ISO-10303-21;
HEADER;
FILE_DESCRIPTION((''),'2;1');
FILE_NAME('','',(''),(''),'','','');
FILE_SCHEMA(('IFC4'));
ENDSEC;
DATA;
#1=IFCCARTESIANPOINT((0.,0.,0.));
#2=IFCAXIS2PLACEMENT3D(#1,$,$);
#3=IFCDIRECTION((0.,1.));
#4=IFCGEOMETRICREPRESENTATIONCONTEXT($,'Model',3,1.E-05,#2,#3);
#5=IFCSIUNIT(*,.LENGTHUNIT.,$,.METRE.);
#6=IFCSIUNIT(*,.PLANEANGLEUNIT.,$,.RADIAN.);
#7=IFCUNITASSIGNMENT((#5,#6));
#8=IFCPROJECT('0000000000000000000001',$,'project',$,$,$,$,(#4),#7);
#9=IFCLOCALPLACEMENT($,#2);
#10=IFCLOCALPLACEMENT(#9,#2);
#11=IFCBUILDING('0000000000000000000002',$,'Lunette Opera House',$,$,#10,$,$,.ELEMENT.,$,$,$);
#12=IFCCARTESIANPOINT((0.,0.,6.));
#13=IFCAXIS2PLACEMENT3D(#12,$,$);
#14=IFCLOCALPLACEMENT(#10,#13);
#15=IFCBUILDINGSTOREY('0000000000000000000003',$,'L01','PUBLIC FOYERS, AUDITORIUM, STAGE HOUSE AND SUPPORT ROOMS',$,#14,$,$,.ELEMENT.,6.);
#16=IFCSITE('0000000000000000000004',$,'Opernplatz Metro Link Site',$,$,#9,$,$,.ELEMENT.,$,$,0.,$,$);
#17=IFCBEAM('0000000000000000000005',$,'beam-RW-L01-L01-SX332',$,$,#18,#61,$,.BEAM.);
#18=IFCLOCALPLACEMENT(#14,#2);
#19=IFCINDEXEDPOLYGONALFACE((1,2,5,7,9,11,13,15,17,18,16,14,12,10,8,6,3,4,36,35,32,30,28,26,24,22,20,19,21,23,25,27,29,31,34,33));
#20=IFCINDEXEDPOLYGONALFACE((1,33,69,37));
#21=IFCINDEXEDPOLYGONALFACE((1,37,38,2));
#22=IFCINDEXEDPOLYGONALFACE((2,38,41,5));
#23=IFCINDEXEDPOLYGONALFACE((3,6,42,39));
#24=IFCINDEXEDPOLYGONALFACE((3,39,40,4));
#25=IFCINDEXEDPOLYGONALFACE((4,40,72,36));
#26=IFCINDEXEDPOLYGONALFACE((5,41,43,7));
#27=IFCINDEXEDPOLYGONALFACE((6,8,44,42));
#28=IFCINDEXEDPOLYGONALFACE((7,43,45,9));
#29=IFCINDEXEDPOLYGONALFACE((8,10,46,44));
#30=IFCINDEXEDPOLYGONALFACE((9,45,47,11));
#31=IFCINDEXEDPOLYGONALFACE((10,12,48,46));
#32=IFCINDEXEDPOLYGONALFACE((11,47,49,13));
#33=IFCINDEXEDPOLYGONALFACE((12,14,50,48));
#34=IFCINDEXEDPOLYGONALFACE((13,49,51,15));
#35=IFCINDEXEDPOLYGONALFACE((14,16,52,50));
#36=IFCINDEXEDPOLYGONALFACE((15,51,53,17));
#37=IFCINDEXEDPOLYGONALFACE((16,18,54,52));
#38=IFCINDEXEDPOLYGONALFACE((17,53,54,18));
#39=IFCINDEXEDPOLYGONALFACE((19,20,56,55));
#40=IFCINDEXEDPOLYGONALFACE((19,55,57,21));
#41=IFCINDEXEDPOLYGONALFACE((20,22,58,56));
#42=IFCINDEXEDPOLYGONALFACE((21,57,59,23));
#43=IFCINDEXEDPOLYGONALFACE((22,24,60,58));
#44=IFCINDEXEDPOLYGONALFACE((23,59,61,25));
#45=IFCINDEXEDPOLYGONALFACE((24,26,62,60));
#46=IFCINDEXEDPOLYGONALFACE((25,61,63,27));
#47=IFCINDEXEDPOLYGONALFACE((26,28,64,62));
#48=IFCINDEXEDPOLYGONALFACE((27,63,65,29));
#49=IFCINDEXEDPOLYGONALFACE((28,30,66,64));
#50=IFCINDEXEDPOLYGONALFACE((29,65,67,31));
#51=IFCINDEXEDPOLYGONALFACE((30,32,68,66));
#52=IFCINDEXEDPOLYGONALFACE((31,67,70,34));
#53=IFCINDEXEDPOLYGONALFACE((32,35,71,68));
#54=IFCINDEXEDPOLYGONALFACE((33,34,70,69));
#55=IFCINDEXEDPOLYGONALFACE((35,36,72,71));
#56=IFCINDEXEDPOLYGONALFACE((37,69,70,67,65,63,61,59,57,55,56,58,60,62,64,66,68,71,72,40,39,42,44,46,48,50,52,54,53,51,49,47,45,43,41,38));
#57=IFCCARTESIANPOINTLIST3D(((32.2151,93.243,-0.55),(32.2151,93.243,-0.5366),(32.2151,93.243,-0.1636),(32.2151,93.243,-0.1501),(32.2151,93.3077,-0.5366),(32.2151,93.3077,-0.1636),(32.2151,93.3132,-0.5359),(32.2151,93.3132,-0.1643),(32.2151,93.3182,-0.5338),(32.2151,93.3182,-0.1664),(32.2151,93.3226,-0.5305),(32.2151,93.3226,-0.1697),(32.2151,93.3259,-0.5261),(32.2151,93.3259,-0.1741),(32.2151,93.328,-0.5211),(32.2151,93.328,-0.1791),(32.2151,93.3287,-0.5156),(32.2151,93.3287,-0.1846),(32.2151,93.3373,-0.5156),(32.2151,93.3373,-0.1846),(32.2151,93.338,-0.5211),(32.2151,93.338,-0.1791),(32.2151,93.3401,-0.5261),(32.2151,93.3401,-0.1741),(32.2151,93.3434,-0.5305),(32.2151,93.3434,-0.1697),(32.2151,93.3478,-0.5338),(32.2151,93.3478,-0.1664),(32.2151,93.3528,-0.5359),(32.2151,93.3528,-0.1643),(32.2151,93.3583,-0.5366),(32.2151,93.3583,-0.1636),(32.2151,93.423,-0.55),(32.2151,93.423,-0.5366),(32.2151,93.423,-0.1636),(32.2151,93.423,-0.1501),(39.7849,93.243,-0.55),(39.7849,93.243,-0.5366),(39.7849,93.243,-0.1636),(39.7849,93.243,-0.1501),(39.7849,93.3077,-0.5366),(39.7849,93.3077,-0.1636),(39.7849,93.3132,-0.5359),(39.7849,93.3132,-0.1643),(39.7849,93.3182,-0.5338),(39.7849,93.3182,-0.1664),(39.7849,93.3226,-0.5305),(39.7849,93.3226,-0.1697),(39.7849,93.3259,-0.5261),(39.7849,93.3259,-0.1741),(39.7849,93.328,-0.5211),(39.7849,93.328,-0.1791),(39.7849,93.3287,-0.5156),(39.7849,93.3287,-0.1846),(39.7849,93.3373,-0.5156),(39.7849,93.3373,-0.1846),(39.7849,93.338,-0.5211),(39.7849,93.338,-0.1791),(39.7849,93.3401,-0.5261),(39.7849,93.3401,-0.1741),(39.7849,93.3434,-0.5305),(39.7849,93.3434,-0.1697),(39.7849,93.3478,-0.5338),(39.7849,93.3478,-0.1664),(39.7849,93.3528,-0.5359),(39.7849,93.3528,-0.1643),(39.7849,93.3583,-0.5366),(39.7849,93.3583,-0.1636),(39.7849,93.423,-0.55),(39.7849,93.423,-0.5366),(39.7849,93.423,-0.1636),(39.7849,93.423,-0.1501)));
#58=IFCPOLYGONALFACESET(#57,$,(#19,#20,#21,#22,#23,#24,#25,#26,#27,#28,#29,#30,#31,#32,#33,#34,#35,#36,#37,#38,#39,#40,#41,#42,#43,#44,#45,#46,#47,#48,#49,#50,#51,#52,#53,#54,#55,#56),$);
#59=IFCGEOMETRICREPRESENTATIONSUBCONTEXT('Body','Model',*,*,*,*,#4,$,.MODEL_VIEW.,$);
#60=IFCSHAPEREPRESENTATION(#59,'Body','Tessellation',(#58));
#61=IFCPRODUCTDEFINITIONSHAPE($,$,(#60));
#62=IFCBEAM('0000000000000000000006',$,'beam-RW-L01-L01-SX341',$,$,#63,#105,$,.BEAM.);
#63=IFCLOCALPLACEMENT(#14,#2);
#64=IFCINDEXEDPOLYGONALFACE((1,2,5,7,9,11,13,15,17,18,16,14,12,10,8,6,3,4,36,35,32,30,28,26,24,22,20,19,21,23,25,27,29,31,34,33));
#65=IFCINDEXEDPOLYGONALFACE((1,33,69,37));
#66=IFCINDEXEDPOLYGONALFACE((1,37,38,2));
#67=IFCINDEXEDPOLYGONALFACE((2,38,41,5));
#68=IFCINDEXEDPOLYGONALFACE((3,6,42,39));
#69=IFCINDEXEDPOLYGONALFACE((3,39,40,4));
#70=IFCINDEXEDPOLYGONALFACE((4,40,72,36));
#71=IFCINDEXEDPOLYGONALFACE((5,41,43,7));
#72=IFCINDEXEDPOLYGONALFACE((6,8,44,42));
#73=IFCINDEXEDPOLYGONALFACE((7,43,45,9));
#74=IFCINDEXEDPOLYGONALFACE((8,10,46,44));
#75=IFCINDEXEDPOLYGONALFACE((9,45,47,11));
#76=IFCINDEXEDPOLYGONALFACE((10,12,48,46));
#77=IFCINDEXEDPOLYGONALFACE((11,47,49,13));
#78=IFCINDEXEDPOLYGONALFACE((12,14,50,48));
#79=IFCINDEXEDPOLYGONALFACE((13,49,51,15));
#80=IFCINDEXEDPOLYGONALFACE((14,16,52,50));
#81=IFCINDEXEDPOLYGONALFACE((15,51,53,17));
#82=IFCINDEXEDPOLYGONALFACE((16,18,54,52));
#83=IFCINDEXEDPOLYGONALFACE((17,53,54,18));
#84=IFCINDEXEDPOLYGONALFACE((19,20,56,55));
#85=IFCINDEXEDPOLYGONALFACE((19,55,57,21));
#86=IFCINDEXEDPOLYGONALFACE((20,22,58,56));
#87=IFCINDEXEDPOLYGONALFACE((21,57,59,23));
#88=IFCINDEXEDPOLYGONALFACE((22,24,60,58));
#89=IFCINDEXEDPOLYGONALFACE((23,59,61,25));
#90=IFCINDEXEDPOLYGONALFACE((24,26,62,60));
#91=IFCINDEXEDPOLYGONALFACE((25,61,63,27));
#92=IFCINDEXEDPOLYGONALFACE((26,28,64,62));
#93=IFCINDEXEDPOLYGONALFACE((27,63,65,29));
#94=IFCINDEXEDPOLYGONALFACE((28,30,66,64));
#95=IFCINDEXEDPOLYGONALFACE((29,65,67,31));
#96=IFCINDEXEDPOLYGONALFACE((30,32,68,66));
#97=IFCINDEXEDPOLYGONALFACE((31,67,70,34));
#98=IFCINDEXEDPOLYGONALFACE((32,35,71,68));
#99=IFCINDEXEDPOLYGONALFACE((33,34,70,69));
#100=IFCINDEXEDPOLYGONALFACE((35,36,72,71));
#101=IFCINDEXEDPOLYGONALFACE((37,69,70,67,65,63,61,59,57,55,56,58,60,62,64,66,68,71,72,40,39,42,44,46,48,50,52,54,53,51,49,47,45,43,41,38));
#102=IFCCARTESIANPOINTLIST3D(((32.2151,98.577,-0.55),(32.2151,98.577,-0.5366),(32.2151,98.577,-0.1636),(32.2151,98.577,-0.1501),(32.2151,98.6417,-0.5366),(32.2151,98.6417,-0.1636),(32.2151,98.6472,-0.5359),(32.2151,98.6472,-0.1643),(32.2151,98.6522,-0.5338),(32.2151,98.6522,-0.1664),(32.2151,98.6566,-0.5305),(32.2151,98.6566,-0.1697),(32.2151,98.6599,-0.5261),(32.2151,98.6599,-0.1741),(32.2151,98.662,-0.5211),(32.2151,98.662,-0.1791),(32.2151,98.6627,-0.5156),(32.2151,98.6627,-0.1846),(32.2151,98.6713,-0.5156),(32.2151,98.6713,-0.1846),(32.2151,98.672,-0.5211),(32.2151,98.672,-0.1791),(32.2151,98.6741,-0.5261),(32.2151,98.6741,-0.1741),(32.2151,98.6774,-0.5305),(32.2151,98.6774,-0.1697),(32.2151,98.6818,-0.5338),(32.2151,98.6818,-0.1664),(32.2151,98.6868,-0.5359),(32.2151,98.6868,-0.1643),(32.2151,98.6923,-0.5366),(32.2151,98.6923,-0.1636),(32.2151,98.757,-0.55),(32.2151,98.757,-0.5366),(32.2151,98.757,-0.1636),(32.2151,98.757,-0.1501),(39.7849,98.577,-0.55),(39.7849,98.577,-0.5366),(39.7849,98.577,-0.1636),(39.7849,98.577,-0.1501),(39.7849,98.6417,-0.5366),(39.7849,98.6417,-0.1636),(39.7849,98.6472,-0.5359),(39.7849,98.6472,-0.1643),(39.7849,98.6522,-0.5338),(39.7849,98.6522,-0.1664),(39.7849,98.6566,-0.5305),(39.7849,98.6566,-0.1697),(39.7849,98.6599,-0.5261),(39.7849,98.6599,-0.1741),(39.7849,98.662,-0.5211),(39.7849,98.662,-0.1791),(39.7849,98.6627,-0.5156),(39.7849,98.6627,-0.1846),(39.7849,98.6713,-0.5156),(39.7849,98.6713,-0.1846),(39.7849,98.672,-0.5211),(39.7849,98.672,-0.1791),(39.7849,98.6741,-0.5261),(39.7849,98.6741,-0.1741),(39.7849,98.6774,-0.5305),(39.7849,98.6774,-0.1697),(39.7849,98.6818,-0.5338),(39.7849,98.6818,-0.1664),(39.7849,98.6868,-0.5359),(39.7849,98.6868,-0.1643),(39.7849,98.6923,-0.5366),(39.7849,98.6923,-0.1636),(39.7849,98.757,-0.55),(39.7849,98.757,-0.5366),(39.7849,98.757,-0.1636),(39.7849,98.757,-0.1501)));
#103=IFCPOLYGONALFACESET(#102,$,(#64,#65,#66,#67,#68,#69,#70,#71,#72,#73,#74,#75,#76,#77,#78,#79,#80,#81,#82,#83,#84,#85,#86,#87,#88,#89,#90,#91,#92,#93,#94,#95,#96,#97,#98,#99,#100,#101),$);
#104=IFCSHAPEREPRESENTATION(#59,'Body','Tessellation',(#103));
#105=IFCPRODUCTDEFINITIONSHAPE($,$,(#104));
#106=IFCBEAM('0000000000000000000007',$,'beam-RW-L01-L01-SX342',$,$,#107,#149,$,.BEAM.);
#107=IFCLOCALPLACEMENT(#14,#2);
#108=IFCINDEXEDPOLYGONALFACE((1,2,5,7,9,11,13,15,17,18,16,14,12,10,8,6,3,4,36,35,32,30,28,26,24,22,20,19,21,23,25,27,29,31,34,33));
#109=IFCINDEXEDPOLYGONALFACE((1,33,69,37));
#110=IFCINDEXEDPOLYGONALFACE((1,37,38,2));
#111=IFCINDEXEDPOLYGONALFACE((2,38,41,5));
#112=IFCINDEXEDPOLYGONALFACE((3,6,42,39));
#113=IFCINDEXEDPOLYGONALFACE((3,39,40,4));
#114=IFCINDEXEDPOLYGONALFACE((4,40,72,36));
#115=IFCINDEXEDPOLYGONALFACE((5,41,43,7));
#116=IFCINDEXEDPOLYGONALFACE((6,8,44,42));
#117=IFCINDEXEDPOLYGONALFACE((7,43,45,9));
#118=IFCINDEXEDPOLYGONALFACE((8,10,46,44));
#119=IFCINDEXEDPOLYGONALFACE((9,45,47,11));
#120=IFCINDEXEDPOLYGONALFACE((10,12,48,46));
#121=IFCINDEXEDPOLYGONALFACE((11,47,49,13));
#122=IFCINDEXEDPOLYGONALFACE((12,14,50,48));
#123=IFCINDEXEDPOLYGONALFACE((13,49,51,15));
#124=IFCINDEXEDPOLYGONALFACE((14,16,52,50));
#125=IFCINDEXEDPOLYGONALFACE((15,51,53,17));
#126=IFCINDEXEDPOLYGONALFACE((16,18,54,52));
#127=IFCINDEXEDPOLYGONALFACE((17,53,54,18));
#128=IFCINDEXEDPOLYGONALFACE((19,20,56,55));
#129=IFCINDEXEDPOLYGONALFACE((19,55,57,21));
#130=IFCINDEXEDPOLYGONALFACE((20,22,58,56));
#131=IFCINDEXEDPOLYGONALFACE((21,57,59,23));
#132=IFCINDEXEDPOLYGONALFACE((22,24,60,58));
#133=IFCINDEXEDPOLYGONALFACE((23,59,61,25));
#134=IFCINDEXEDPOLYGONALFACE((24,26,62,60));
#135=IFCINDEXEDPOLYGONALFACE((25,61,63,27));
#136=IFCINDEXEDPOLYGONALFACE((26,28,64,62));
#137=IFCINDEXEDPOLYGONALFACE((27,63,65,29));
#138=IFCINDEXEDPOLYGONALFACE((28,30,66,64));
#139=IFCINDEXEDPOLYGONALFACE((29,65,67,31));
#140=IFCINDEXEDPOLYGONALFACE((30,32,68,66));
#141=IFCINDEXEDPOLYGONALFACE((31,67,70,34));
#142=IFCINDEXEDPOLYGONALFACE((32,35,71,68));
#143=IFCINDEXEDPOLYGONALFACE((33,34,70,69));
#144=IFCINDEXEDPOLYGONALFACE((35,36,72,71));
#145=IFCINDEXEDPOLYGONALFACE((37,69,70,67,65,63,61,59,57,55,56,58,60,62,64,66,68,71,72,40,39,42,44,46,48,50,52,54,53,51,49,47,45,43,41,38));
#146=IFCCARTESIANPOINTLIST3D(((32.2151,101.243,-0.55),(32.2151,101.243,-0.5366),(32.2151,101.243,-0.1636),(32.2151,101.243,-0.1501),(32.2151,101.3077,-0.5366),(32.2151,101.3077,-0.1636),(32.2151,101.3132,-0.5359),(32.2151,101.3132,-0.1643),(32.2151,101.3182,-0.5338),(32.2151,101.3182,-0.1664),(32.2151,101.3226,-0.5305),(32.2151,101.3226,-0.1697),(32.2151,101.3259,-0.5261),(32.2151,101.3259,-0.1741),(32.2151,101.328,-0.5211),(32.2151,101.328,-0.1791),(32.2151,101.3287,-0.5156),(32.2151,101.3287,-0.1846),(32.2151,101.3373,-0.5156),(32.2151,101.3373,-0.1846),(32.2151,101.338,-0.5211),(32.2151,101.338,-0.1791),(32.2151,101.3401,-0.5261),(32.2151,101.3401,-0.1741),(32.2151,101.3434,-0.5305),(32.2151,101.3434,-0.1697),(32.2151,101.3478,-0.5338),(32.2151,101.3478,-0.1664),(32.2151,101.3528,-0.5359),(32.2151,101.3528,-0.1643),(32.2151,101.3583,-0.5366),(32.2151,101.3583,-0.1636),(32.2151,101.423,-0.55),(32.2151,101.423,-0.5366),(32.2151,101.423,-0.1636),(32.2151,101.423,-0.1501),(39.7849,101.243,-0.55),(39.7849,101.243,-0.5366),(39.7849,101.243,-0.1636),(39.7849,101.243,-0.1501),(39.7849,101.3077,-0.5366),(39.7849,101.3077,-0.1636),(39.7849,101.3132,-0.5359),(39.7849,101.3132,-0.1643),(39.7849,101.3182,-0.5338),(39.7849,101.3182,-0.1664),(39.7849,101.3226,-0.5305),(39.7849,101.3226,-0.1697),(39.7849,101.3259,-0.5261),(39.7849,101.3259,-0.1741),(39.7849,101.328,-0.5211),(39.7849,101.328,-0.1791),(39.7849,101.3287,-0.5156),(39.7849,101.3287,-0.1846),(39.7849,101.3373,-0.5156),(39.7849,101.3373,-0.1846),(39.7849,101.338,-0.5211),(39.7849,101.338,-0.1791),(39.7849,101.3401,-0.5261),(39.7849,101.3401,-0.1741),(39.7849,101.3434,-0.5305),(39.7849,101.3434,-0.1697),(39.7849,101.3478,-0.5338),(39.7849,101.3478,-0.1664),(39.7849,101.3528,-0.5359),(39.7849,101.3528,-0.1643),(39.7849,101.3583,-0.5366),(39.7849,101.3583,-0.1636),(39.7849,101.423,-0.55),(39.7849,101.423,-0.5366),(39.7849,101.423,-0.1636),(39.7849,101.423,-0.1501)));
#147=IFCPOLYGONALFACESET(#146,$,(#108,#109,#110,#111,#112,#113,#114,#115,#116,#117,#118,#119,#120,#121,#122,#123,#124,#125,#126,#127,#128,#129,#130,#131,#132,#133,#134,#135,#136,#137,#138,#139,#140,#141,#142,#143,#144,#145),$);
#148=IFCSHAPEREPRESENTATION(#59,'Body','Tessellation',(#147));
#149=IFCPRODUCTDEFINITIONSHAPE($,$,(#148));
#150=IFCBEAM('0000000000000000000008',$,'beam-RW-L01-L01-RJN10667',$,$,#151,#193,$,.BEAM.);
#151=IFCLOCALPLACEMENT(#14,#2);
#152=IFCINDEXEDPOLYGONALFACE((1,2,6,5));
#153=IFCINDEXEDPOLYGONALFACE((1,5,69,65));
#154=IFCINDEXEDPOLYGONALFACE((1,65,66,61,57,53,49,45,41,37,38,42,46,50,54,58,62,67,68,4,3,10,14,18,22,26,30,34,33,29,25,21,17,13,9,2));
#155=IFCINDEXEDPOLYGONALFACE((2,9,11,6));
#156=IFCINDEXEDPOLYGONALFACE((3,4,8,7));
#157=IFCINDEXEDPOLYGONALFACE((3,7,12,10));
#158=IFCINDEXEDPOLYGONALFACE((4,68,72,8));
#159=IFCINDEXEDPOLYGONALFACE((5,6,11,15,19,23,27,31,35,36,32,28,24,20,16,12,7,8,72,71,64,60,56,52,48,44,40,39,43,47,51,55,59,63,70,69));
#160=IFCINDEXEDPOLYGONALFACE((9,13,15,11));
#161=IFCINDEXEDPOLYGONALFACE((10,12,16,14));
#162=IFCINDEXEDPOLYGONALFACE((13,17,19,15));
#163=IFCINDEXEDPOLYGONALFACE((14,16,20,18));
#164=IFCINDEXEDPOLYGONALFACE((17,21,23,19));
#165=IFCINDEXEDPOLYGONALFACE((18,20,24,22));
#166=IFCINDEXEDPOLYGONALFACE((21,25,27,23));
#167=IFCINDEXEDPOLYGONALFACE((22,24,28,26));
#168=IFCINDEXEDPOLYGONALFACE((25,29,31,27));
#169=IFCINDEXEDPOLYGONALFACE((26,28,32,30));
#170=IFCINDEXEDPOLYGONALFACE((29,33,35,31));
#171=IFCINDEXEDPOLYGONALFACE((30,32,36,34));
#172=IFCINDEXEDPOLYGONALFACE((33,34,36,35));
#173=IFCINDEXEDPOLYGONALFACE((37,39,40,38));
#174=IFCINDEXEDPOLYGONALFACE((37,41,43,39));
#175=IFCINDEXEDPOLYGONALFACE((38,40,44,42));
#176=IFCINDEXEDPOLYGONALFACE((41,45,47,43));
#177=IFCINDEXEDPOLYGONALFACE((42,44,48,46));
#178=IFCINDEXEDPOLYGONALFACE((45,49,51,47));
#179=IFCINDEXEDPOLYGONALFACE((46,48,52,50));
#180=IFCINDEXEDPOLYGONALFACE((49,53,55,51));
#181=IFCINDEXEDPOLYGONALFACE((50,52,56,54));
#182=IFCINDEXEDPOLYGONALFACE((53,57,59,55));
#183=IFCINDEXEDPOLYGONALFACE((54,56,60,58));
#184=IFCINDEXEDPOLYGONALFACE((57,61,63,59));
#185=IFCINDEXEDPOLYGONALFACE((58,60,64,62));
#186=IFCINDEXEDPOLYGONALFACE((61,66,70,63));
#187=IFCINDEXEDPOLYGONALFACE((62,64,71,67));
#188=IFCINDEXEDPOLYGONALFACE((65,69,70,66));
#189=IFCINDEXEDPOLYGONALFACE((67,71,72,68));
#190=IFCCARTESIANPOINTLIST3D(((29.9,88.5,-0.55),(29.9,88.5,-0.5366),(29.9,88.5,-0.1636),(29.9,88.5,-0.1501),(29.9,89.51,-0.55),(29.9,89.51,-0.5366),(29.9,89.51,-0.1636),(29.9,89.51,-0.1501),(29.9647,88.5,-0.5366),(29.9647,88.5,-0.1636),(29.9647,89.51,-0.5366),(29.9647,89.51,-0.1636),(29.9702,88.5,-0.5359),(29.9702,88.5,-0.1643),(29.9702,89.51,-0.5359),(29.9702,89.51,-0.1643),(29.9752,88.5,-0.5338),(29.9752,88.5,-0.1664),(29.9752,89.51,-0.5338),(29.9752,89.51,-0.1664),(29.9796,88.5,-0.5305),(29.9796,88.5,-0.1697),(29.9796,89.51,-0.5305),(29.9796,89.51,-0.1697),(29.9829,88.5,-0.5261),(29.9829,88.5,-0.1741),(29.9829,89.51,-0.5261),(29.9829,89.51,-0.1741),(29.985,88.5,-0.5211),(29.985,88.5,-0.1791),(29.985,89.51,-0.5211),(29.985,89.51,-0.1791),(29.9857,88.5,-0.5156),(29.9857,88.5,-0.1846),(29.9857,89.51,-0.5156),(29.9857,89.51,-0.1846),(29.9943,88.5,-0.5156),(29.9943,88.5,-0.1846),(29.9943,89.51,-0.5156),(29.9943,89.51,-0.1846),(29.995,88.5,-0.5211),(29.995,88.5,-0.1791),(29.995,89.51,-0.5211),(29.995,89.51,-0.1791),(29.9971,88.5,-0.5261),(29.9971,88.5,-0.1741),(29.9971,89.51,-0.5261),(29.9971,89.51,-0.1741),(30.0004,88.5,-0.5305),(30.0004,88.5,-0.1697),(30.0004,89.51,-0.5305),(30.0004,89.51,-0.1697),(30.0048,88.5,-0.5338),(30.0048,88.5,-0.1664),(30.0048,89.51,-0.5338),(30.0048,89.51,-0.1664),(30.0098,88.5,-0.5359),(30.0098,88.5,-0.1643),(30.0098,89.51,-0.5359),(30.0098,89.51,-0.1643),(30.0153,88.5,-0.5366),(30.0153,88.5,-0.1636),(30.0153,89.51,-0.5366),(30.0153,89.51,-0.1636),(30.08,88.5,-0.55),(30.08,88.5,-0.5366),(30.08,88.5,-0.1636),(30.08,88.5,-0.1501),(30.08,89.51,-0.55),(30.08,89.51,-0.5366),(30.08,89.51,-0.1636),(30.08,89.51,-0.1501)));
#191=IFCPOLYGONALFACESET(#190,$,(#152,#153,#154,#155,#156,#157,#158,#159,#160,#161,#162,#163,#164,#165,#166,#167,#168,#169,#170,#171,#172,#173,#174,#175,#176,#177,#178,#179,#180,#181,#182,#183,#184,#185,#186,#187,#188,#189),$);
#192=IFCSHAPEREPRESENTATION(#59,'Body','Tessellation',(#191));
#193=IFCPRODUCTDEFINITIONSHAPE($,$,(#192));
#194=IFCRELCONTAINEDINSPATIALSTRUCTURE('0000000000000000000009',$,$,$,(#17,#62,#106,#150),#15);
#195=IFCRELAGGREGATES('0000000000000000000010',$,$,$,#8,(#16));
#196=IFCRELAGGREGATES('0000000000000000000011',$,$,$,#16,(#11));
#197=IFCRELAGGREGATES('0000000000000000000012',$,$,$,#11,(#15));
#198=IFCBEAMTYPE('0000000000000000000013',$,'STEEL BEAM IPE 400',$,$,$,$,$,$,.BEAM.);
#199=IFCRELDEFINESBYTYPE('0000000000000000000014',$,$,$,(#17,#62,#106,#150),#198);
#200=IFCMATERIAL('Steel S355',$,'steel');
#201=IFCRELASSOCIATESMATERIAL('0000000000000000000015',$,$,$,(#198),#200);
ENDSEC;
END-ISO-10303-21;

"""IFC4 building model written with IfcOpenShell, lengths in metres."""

from ifc_helpers import new_model, si_unit, direction, frame, origin, origin_2d, place, context, subcontext, project, spatial, i_section, extrude, material, material_profile, profile_set, type_object, element, save


model = new_model("IFC4")

# Units and contexts
model_context = context("Model", 3, precision=1e-05, world=origin(), true_north=direction((0.0, 1.0)))
body_context = subcontext(model_context, "Body", "Model", "MODEL_VIEW")
ifc_project = project(units=[si_unit("LENGTHUNIT", "METRE"), si_unit("PLANEANGLEUNIT", "RADIAN")], contexts=[model_context])

# Site, building, storey
site_placement = place(None, origin())
site = spatial("IfcSite", under=ifc_project, at=site_placement, Name="Opernplatz Metro Link Site", CompositionType="ELEMENT", RefElevation=0.0)
building_placement = place(site_placement, origin())
building = spatial("IfcBuilding", under=site, at=building_placement, Name="Lunette Opera House", CompositionType="ELEMENT")
storey_placement = place(building_placement, frame((0.0, 0.0, 6.0)))
storey = spatial("IfcBuildingStorey", under=building, at=storey_placement, Name="L01", Description="PUBLIC FOYERS, AUDITORIUM, STAGE HOUSE AND SUPPORT ROOMS", CompositionType="ELEMENT", Elevation=6.0)

# Beams
ifc_material_1 = material(Name="Steel S355", Category="steel")
ifc_material_profile_1 = material_profile(ifc_material_1, i_section(OverallWidth=0.1799, OverallDepth=0.3999, WebThickness=0.0085, FlangeThickness=0.0134, FilletRadius=0.021, at=origin_2d()), Name="IPE 400")
ifc_profile_set_1 = profile_set([ifc_material_profile_1], Name="Steel S355")
beam_type_1 = type_object("IfcBeamType", Name="STEEL BEAM IPE 400", PredefinedType="BEAM", material=ifc_profile_set_1)
for number, where, z_axis, x_axis, name in (
    (1, (32.2151, 93.333, -0.3501), (1.0, 0.0, 0.0), (0.0, 1.0, 0.0), "beam-RW-L01-L01-SX332"),
    (2, (32.2151, 98.667, -0.3501), (1.0, 0.0, 0.0), (0.0, 1.0, 0.0), "beam-RW-L01-L01-SX341"),
    (3, (32.2151, 101.333, -0.3501), (1.0, 0.0, 0.0), (0.0, 1.0, 0.0), "beam-RW-L01-L01-SX342"),
):
    element("IfcBeam", number, at=place(storey_placement, frame(where, z_axis=z_axis, x_axis=x_axis)), inside=storey, type_object=beam_type_1, Name=name, PredefinedType="BEAM", context=body_context, shape_type="SweptSolid", body=[
        extrude(i_section(OverallWidth=0.1799, OverallDepth=0.3999, WebThickness=0.0085, FlangeThickness=0.0134, FilletRadius=0.021, at=origin_2d()), origin(), (0.0, 0.0, 1.0), 7.5698),
    ])
beam_1_placement = place(storey_placement, frame((29.99, 88.5, -0.3501), z_axis=(0.0, 1.0, 0.0), x_axis=(-1.0, 0.0, 0.0)))
element("IfcBeam", 4, at=beam_1_placement, inside=storey, type_object=beam_type_1, Name="beam-RW-L01-L01-RJN10667", PredefinedType="BEAM", context=body_context, shape_type="SweptSolid", body=[
    extrude(i_section(OverallWidth=0.1799, OverallDepth=0.3999, WebThickness=0.0085, FlangeThickness=0.0134, FilletRadius=0.021, at=origin_2d()), origin(), (0.0, 0.0, 1.0), 1.01),
])

save(model, "model.ifc")
